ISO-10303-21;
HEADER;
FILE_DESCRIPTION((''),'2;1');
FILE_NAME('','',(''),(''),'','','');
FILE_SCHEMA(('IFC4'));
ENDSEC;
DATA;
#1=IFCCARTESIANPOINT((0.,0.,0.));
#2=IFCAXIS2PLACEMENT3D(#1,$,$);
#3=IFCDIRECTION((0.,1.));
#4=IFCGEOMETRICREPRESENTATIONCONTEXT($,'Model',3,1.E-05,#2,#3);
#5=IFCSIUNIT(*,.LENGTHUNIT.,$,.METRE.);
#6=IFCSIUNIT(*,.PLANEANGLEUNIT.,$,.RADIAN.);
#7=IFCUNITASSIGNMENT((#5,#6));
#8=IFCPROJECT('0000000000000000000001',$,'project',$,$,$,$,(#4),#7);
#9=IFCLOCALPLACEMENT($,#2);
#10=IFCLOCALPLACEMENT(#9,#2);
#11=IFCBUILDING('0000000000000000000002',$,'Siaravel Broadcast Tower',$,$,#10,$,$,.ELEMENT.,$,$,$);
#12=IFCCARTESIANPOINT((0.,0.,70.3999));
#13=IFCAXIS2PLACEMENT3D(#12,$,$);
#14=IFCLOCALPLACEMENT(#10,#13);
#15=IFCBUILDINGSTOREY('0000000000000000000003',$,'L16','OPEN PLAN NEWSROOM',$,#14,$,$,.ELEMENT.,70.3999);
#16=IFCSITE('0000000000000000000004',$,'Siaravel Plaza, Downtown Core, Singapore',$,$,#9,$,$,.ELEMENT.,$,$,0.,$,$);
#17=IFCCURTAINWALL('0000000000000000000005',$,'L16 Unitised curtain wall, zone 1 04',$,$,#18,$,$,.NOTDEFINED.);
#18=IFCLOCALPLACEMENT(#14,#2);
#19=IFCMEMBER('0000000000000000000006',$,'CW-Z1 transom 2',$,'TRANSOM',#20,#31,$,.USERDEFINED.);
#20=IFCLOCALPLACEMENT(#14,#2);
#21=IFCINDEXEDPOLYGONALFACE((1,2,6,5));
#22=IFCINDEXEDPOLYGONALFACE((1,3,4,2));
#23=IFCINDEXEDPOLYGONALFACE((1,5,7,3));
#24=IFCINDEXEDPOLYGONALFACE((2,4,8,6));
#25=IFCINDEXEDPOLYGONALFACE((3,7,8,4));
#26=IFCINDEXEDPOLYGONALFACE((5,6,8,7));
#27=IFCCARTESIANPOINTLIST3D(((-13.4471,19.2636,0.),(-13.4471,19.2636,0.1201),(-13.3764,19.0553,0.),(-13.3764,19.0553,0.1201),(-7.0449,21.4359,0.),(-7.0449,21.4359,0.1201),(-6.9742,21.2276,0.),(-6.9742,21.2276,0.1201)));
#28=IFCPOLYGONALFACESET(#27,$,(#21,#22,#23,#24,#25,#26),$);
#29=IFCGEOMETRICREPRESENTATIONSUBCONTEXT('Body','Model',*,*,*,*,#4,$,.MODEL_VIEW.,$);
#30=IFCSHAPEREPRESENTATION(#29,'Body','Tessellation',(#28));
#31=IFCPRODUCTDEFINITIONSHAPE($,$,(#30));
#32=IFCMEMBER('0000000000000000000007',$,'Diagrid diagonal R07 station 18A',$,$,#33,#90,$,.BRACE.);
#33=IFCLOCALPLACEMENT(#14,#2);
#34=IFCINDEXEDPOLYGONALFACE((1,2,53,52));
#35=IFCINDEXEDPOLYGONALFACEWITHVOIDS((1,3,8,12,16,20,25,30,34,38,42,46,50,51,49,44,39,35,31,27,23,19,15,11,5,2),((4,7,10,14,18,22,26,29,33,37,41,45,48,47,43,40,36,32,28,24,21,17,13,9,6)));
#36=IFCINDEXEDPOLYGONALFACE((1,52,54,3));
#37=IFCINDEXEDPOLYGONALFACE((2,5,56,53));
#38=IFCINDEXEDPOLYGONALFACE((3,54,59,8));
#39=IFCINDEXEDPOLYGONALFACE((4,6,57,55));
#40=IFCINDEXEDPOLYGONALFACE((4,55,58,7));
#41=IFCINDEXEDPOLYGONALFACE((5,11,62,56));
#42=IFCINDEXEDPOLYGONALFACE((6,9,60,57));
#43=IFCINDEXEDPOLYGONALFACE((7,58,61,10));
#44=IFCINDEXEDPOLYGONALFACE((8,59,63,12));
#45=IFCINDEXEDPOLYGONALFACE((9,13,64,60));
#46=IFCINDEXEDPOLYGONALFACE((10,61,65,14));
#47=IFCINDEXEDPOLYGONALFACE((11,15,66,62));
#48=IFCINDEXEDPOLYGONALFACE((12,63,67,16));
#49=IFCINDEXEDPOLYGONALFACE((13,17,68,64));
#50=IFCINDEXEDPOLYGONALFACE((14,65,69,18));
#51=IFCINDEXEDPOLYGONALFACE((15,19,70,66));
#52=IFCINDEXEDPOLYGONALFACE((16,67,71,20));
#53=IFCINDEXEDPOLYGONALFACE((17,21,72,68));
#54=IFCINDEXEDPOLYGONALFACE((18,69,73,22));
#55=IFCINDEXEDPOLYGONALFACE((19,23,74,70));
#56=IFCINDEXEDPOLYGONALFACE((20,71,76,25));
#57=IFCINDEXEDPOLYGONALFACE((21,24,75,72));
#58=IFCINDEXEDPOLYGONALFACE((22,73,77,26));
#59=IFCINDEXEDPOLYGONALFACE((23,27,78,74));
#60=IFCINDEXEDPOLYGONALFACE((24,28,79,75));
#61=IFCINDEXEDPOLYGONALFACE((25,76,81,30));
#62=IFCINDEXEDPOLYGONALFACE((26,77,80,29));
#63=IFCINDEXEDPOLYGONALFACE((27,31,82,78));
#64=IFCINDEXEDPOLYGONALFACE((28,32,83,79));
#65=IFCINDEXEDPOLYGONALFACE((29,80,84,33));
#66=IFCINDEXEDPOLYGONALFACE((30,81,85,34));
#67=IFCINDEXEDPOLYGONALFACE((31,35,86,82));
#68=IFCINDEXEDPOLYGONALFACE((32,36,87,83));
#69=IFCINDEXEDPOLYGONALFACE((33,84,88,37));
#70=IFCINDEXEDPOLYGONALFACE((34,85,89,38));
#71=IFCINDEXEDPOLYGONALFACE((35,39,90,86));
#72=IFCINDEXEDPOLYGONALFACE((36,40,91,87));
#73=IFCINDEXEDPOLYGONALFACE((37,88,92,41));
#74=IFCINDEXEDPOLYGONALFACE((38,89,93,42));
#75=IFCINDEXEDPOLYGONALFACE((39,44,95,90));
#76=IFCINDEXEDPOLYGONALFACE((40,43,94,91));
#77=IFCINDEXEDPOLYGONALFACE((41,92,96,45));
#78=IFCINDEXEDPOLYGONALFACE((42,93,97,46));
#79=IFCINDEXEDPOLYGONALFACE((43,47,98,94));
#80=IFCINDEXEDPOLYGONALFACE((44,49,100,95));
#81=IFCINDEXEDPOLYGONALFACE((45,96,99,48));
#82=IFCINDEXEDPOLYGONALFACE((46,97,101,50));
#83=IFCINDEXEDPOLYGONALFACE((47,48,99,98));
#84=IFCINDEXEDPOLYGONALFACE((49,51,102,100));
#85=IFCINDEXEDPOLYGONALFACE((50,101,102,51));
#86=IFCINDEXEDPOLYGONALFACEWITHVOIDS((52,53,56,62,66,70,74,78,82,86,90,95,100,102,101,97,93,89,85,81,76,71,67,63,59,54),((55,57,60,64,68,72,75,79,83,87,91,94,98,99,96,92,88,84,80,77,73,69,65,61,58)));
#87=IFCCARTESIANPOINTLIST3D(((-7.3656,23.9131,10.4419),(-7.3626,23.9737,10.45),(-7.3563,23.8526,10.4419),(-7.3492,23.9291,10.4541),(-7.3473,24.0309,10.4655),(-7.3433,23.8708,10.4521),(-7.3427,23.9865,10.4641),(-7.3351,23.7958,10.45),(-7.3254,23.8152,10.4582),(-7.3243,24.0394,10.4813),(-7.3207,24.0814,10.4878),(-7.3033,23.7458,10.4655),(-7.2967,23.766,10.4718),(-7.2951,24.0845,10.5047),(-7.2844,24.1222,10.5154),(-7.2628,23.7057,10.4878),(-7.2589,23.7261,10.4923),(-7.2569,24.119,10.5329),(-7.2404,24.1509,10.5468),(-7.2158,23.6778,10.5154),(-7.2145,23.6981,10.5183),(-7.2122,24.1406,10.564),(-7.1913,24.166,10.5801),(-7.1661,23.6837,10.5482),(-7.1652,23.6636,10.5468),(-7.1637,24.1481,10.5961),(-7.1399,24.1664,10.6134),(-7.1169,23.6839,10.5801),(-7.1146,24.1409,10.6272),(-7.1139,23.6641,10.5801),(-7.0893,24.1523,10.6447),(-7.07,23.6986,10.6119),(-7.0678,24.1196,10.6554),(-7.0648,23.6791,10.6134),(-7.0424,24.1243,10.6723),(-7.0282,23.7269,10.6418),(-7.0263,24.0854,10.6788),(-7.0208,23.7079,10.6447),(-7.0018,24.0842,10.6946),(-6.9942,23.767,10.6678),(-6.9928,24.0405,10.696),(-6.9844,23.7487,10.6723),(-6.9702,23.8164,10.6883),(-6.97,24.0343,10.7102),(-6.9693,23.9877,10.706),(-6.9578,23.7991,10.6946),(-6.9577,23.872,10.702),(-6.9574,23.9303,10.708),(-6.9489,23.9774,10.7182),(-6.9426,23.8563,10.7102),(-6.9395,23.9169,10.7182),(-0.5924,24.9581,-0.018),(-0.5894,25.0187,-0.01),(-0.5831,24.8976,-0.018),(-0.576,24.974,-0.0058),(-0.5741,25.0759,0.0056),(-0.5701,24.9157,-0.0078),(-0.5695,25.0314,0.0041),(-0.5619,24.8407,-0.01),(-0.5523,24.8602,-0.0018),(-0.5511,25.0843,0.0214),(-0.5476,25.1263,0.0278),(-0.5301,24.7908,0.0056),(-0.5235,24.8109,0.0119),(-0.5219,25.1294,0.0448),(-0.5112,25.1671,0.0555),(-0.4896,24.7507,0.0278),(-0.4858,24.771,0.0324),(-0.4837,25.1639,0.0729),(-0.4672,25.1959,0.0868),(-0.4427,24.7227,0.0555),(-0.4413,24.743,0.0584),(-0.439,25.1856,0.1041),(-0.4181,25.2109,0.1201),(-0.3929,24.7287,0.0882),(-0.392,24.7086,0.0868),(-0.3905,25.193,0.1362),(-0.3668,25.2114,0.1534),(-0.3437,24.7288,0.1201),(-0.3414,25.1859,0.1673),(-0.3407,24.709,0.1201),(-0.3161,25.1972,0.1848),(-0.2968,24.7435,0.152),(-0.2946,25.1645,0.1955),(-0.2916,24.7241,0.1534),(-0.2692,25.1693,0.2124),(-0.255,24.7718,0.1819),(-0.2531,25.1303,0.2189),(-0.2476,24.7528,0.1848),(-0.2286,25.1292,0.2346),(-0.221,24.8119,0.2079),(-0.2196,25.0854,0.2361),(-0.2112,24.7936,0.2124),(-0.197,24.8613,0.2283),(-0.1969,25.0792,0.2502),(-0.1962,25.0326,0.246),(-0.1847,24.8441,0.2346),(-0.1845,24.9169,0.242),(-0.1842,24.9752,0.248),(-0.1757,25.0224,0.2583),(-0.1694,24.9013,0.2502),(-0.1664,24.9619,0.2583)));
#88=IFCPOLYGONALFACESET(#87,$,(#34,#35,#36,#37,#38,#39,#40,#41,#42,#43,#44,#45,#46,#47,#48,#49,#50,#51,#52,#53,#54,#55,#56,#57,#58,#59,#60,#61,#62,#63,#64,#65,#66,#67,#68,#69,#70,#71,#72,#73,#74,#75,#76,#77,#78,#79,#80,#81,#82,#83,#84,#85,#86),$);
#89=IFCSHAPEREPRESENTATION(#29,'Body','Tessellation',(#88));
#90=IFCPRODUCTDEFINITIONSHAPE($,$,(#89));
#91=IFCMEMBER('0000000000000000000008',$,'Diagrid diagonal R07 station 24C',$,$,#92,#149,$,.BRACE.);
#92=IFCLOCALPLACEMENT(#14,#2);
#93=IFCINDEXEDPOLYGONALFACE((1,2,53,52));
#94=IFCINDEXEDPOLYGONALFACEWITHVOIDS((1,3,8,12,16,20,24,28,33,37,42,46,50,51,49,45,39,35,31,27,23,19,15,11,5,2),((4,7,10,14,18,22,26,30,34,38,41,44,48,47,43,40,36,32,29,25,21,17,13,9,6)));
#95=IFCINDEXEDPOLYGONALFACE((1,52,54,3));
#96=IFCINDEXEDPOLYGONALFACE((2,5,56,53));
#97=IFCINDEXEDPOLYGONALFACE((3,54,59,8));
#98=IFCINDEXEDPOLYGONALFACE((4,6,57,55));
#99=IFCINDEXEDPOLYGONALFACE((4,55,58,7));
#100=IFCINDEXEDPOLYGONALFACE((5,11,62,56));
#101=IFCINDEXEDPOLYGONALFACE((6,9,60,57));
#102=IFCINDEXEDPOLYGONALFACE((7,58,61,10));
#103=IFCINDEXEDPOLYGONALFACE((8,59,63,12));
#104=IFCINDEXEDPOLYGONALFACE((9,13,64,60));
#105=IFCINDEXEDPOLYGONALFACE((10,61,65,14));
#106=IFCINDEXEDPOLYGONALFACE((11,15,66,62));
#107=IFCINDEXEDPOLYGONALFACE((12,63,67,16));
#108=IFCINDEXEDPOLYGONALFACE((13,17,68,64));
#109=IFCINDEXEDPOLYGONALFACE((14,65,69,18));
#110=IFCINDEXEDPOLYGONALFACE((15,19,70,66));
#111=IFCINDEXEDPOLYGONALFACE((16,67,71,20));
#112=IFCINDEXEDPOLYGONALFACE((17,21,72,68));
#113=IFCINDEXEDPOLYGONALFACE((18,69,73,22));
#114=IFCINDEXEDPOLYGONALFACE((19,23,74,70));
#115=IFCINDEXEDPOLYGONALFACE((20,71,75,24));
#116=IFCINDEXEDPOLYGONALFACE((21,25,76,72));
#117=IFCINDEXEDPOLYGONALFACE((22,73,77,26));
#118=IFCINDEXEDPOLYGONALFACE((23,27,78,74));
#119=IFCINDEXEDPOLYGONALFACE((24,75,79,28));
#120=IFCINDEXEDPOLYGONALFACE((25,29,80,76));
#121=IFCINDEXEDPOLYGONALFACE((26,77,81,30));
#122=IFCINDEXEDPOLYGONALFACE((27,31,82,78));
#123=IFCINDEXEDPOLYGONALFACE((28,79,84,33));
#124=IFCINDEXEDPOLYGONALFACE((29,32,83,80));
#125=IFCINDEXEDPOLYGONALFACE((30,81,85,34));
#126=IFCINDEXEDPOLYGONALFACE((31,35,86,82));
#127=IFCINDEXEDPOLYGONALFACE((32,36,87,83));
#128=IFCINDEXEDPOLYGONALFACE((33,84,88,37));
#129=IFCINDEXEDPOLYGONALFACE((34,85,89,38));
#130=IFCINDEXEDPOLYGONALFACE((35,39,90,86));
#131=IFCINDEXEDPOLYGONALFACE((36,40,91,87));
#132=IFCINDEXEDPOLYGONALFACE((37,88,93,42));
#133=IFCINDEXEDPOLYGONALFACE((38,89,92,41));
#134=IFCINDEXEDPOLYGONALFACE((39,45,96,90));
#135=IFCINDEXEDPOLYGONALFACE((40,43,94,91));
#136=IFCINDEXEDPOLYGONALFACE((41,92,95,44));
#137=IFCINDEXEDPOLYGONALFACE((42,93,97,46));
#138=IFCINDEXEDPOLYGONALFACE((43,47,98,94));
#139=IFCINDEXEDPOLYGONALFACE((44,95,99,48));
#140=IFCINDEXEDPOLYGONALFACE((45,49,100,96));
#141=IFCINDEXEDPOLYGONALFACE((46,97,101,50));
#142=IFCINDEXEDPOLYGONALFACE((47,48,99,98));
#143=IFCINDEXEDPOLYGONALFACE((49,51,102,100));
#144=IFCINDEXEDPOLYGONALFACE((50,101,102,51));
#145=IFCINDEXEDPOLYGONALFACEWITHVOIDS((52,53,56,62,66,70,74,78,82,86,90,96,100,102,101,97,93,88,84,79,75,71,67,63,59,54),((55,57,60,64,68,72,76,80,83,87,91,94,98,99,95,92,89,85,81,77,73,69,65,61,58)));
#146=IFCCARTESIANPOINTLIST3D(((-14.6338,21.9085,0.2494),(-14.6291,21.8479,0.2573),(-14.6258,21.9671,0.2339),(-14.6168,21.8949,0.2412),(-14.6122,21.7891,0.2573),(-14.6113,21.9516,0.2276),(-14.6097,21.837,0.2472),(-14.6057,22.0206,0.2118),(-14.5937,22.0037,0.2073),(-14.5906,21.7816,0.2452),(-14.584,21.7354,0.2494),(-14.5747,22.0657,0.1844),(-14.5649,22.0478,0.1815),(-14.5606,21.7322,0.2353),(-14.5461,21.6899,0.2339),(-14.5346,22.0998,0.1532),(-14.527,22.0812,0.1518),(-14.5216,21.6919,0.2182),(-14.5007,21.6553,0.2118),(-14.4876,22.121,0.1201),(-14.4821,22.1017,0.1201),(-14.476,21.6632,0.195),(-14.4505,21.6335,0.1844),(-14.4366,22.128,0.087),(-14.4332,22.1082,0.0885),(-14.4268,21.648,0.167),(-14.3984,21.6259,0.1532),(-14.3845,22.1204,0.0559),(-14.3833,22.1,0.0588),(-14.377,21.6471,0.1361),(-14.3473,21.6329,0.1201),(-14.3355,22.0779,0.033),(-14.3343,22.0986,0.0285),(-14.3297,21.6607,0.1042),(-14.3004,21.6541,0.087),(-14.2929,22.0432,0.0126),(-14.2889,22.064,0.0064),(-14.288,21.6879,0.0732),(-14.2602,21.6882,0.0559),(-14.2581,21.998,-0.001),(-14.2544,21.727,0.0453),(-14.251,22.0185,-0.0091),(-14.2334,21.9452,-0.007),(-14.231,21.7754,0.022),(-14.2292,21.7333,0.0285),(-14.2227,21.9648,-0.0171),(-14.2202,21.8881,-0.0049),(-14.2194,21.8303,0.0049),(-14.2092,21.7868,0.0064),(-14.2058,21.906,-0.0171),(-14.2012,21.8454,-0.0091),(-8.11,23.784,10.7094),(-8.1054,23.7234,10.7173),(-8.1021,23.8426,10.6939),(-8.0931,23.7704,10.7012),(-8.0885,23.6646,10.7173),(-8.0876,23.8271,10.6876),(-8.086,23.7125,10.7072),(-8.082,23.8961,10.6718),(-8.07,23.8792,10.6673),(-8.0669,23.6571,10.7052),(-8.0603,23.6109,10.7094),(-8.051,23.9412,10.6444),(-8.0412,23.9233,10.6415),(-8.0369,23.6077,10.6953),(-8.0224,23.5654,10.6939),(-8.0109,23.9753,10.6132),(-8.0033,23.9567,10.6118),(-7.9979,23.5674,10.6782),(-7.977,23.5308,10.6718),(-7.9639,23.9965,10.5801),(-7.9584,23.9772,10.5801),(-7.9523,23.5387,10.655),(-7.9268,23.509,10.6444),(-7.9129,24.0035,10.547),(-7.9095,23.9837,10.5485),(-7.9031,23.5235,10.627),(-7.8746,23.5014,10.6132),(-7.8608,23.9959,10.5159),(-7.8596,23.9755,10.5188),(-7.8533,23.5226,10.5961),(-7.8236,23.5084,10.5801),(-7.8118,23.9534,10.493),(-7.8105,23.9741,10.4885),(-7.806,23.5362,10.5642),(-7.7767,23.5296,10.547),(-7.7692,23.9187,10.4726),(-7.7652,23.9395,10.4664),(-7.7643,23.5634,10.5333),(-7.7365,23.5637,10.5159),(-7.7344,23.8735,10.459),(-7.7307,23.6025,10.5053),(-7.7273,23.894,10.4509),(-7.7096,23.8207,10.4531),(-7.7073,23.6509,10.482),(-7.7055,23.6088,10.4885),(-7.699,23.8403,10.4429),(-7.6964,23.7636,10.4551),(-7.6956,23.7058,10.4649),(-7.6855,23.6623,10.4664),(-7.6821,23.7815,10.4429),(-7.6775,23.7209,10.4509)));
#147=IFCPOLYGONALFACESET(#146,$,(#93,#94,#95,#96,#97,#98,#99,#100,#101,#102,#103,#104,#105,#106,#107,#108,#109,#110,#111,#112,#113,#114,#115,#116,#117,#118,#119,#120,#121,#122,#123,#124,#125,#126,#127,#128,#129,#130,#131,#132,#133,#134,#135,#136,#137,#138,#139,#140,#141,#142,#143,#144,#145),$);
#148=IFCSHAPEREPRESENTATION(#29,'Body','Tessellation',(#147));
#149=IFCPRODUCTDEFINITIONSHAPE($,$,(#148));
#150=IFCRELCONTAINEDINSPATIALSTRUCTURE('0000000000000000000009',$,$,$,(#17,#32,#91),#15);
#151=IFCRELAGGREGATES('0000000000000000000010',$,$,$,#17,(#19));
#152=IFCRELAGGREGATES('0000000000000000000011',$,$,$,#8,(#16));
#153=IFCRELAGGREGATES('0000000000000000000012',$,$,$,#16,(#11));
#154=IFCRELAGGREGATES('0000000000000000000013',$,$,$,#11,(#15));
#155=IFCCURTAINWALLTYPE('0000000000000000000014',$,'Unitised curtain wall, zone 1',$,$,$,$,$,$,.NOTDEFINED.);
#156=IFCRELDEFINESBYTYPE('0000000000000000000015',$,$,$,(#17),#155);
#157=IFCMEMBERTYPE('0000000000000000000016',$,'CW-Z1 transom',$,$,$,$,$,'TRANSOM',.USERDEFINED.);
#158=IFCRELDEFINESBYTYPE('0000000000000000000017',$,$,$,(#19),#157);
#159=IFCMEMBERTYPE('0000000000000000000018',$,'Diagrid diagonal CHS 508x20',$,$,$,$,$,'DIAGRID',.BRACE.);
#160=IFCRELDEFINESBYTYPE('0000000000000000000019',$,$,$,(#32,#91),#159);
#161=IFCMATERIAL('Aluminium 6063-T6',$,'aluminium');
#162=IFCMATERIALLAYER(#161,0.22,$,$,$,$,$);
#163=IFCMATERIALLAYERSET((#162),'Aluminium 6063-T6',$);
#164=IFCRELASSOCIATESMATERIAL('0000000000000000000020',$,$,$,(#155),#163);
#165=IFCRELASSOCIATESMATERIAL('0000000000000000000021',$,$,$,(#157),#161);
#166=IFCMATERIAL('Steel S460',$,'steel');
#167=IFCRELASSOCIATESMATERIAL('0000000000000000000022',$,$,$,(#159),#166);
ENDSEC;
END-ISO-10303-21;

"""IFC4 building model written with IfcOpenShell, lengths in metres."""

from ifc_helpers import new_model, si_unit, direction, frame, origin, origin_2d, place, context, subcontext, project, spatial, rectangle, hollow_circle, extrude, material, layer, layer_set, material_profile, profile_set, type_object, element, aggregate, save


model = new_model("IFC4")

# Units and contexts
model_context = context("Model", 3, precision=1e-05, world=origin(), true_north=direction((0.0, 1.0)))
body_context = subcontext(model_context, "Body", "Model", "MODEL_VIEW")
ifc_project = project(units=[si_unit("LENGTHUNIT", "METRE"), si_unit("PLANEANGLEUNIT", "RADIAN")], contexts=[model_context])

# Site, building, storey
site_placement = place(None, origin())
site = spatial("IfcSite", under=ifc_project, at=site_placement, Name="Siaravel Plaza, Downtown Core, Singapore", CompositionType="ELEMENT", RefElevation=0.0)
building_placement = place(site_placement, origin())
building = spatial("IfcBuilding", under=site, at=building_placement, Name="Siaravel Broadcast Tower", CompositionType="ELEMENT")
storey_placement = place(building_placement, frame((0.0, 0.0, 70.3999)))
storey = spatial("IfcBuildingStorey", under=building, at=storey_placement, Name="L16", Description="OPEN PLAN NEWSROOM", CompositionType="ELEMENT", Elevation=70.3999)

# Curtain wall, member
ifc_material_1 = material(Name="Aluminium 6063-T6", Category="aluminium")
ifc_layer_1 = layer(ifc_material_1, 0.22)
ifc_layer_set_1 = layer_set([ifc_layer_1], Name="Aluminium 6063-T6")
curtain_wall_type = type_object("IfcCurtainWallType", Name="Unitised curtain wall, zone 1", PredefinedType="NOTDEFINED", material=ifc_layer_set_1)
curtain_wall_placement = place(storey_placement, origin())
curtain_wall = element("IfcCurtainWall", 1, at=curtain_wall_placement, inside=storey, type_object=curtain_wall_type, Name="L16 Unitised curtain wall, zone 1 04", PredefinedType="NOTDEFINED")
ifc_material_profile_1 = material_profile(ifc_material_1, rectangle(XDim=0.22, YDim=0.1201, at=origin_2d()))
ifc_profile_set_1 = profile_set([ifc_material_profile_1], Name="Aluminium 6063-T6")
member_type_1 = type_object("IfcMemberType", Name="CW-Z1 transom", ElementType="TRANSOM", PredefinedType="USERDEFINED", material=ifc_profile_set_1)
member_1_placement = place(storey_placement, frame((-7.0095, 21.3318, 0.0601), z_axis=(-0.946972, -0.321315, 0.0), x_axis=(0.321315, -0.946972, 0.0)))
member_1 = element("IfcMember", 2, at=member_1_placement, type_object=member_type_1, Name="CW-Z1 transom 2", ObjectType="TRANSOM", PredefinedType="USERDEFINED", context=body_context, shape_type="SweptSolid", body=[
    extrude(rectangle(XDim=0.22, YDim=0.1201, at=origin_2d()), origin(), (0.0, 0.0, 1.0), 6.7607),
])

# Members
ifc_material_2 = material(Name="Steel S460", Category="steel")
ifc_material_profile_2 = material_profile(ifc_material_2, hollow_circle(Radius=0.2539, WallThickness=0.02, at=origin_2d()))
ifc_profile_set_2 = profile_set([ifc_material_profile_2], Name="Steel S460")
member_type_2 = type_object("IfcMemberType", Name="Diagrid diagonal CHS 508x20", ElementType="DIAGRID", PredefinedType="BRACE", material=ifc_profile_set_2)
member_2_placement = place(storey_placement, frame((-0.3794, 24.96, 0.1201), z_axis=(-0.541632, -0.083559, 0.836452), x_axis=(0.152469, -0.988308, 0.0)))
element("IfcMember", 3, at=member_2_placement, inside=storey, type_object=member_type_2, Name="Diagrid diagonal R07 station 18A", PredefinedType="BRACE", context=body_context, shape_type="SweptSolid", body=[
    extrude(hollow_circle(Radius=0.2539, WallThickness=0.02, at=origin_2d()), origin(), (0.0, 0.0, 1.0), 12.5051),
])
member_3_placement = place(storey_placement, frame((-14.4175, 21.877, 0.1201), z_axis=(0.523174, 0.150407, 0.838848), x_axis=(-0.276298, 0.961072, 0.0)))
element("IfcMember", 4, at=member_3_placement, inside=storey, type_object=member_type_2, Name="Diagrid diagonal R07 station 24C", PredefinedType="BRACE", context=body_context, shape_type="SweptSolid", body=[
    extrude(hollow_circle(Radius=0.2539, WallThickness=0.02, at=origin_2d()), origin(), (0.0, 0.0, 1.0), 12.4695),
])

aggregate(curtain_wall, [member_1])

save(model, "model.ifc")
